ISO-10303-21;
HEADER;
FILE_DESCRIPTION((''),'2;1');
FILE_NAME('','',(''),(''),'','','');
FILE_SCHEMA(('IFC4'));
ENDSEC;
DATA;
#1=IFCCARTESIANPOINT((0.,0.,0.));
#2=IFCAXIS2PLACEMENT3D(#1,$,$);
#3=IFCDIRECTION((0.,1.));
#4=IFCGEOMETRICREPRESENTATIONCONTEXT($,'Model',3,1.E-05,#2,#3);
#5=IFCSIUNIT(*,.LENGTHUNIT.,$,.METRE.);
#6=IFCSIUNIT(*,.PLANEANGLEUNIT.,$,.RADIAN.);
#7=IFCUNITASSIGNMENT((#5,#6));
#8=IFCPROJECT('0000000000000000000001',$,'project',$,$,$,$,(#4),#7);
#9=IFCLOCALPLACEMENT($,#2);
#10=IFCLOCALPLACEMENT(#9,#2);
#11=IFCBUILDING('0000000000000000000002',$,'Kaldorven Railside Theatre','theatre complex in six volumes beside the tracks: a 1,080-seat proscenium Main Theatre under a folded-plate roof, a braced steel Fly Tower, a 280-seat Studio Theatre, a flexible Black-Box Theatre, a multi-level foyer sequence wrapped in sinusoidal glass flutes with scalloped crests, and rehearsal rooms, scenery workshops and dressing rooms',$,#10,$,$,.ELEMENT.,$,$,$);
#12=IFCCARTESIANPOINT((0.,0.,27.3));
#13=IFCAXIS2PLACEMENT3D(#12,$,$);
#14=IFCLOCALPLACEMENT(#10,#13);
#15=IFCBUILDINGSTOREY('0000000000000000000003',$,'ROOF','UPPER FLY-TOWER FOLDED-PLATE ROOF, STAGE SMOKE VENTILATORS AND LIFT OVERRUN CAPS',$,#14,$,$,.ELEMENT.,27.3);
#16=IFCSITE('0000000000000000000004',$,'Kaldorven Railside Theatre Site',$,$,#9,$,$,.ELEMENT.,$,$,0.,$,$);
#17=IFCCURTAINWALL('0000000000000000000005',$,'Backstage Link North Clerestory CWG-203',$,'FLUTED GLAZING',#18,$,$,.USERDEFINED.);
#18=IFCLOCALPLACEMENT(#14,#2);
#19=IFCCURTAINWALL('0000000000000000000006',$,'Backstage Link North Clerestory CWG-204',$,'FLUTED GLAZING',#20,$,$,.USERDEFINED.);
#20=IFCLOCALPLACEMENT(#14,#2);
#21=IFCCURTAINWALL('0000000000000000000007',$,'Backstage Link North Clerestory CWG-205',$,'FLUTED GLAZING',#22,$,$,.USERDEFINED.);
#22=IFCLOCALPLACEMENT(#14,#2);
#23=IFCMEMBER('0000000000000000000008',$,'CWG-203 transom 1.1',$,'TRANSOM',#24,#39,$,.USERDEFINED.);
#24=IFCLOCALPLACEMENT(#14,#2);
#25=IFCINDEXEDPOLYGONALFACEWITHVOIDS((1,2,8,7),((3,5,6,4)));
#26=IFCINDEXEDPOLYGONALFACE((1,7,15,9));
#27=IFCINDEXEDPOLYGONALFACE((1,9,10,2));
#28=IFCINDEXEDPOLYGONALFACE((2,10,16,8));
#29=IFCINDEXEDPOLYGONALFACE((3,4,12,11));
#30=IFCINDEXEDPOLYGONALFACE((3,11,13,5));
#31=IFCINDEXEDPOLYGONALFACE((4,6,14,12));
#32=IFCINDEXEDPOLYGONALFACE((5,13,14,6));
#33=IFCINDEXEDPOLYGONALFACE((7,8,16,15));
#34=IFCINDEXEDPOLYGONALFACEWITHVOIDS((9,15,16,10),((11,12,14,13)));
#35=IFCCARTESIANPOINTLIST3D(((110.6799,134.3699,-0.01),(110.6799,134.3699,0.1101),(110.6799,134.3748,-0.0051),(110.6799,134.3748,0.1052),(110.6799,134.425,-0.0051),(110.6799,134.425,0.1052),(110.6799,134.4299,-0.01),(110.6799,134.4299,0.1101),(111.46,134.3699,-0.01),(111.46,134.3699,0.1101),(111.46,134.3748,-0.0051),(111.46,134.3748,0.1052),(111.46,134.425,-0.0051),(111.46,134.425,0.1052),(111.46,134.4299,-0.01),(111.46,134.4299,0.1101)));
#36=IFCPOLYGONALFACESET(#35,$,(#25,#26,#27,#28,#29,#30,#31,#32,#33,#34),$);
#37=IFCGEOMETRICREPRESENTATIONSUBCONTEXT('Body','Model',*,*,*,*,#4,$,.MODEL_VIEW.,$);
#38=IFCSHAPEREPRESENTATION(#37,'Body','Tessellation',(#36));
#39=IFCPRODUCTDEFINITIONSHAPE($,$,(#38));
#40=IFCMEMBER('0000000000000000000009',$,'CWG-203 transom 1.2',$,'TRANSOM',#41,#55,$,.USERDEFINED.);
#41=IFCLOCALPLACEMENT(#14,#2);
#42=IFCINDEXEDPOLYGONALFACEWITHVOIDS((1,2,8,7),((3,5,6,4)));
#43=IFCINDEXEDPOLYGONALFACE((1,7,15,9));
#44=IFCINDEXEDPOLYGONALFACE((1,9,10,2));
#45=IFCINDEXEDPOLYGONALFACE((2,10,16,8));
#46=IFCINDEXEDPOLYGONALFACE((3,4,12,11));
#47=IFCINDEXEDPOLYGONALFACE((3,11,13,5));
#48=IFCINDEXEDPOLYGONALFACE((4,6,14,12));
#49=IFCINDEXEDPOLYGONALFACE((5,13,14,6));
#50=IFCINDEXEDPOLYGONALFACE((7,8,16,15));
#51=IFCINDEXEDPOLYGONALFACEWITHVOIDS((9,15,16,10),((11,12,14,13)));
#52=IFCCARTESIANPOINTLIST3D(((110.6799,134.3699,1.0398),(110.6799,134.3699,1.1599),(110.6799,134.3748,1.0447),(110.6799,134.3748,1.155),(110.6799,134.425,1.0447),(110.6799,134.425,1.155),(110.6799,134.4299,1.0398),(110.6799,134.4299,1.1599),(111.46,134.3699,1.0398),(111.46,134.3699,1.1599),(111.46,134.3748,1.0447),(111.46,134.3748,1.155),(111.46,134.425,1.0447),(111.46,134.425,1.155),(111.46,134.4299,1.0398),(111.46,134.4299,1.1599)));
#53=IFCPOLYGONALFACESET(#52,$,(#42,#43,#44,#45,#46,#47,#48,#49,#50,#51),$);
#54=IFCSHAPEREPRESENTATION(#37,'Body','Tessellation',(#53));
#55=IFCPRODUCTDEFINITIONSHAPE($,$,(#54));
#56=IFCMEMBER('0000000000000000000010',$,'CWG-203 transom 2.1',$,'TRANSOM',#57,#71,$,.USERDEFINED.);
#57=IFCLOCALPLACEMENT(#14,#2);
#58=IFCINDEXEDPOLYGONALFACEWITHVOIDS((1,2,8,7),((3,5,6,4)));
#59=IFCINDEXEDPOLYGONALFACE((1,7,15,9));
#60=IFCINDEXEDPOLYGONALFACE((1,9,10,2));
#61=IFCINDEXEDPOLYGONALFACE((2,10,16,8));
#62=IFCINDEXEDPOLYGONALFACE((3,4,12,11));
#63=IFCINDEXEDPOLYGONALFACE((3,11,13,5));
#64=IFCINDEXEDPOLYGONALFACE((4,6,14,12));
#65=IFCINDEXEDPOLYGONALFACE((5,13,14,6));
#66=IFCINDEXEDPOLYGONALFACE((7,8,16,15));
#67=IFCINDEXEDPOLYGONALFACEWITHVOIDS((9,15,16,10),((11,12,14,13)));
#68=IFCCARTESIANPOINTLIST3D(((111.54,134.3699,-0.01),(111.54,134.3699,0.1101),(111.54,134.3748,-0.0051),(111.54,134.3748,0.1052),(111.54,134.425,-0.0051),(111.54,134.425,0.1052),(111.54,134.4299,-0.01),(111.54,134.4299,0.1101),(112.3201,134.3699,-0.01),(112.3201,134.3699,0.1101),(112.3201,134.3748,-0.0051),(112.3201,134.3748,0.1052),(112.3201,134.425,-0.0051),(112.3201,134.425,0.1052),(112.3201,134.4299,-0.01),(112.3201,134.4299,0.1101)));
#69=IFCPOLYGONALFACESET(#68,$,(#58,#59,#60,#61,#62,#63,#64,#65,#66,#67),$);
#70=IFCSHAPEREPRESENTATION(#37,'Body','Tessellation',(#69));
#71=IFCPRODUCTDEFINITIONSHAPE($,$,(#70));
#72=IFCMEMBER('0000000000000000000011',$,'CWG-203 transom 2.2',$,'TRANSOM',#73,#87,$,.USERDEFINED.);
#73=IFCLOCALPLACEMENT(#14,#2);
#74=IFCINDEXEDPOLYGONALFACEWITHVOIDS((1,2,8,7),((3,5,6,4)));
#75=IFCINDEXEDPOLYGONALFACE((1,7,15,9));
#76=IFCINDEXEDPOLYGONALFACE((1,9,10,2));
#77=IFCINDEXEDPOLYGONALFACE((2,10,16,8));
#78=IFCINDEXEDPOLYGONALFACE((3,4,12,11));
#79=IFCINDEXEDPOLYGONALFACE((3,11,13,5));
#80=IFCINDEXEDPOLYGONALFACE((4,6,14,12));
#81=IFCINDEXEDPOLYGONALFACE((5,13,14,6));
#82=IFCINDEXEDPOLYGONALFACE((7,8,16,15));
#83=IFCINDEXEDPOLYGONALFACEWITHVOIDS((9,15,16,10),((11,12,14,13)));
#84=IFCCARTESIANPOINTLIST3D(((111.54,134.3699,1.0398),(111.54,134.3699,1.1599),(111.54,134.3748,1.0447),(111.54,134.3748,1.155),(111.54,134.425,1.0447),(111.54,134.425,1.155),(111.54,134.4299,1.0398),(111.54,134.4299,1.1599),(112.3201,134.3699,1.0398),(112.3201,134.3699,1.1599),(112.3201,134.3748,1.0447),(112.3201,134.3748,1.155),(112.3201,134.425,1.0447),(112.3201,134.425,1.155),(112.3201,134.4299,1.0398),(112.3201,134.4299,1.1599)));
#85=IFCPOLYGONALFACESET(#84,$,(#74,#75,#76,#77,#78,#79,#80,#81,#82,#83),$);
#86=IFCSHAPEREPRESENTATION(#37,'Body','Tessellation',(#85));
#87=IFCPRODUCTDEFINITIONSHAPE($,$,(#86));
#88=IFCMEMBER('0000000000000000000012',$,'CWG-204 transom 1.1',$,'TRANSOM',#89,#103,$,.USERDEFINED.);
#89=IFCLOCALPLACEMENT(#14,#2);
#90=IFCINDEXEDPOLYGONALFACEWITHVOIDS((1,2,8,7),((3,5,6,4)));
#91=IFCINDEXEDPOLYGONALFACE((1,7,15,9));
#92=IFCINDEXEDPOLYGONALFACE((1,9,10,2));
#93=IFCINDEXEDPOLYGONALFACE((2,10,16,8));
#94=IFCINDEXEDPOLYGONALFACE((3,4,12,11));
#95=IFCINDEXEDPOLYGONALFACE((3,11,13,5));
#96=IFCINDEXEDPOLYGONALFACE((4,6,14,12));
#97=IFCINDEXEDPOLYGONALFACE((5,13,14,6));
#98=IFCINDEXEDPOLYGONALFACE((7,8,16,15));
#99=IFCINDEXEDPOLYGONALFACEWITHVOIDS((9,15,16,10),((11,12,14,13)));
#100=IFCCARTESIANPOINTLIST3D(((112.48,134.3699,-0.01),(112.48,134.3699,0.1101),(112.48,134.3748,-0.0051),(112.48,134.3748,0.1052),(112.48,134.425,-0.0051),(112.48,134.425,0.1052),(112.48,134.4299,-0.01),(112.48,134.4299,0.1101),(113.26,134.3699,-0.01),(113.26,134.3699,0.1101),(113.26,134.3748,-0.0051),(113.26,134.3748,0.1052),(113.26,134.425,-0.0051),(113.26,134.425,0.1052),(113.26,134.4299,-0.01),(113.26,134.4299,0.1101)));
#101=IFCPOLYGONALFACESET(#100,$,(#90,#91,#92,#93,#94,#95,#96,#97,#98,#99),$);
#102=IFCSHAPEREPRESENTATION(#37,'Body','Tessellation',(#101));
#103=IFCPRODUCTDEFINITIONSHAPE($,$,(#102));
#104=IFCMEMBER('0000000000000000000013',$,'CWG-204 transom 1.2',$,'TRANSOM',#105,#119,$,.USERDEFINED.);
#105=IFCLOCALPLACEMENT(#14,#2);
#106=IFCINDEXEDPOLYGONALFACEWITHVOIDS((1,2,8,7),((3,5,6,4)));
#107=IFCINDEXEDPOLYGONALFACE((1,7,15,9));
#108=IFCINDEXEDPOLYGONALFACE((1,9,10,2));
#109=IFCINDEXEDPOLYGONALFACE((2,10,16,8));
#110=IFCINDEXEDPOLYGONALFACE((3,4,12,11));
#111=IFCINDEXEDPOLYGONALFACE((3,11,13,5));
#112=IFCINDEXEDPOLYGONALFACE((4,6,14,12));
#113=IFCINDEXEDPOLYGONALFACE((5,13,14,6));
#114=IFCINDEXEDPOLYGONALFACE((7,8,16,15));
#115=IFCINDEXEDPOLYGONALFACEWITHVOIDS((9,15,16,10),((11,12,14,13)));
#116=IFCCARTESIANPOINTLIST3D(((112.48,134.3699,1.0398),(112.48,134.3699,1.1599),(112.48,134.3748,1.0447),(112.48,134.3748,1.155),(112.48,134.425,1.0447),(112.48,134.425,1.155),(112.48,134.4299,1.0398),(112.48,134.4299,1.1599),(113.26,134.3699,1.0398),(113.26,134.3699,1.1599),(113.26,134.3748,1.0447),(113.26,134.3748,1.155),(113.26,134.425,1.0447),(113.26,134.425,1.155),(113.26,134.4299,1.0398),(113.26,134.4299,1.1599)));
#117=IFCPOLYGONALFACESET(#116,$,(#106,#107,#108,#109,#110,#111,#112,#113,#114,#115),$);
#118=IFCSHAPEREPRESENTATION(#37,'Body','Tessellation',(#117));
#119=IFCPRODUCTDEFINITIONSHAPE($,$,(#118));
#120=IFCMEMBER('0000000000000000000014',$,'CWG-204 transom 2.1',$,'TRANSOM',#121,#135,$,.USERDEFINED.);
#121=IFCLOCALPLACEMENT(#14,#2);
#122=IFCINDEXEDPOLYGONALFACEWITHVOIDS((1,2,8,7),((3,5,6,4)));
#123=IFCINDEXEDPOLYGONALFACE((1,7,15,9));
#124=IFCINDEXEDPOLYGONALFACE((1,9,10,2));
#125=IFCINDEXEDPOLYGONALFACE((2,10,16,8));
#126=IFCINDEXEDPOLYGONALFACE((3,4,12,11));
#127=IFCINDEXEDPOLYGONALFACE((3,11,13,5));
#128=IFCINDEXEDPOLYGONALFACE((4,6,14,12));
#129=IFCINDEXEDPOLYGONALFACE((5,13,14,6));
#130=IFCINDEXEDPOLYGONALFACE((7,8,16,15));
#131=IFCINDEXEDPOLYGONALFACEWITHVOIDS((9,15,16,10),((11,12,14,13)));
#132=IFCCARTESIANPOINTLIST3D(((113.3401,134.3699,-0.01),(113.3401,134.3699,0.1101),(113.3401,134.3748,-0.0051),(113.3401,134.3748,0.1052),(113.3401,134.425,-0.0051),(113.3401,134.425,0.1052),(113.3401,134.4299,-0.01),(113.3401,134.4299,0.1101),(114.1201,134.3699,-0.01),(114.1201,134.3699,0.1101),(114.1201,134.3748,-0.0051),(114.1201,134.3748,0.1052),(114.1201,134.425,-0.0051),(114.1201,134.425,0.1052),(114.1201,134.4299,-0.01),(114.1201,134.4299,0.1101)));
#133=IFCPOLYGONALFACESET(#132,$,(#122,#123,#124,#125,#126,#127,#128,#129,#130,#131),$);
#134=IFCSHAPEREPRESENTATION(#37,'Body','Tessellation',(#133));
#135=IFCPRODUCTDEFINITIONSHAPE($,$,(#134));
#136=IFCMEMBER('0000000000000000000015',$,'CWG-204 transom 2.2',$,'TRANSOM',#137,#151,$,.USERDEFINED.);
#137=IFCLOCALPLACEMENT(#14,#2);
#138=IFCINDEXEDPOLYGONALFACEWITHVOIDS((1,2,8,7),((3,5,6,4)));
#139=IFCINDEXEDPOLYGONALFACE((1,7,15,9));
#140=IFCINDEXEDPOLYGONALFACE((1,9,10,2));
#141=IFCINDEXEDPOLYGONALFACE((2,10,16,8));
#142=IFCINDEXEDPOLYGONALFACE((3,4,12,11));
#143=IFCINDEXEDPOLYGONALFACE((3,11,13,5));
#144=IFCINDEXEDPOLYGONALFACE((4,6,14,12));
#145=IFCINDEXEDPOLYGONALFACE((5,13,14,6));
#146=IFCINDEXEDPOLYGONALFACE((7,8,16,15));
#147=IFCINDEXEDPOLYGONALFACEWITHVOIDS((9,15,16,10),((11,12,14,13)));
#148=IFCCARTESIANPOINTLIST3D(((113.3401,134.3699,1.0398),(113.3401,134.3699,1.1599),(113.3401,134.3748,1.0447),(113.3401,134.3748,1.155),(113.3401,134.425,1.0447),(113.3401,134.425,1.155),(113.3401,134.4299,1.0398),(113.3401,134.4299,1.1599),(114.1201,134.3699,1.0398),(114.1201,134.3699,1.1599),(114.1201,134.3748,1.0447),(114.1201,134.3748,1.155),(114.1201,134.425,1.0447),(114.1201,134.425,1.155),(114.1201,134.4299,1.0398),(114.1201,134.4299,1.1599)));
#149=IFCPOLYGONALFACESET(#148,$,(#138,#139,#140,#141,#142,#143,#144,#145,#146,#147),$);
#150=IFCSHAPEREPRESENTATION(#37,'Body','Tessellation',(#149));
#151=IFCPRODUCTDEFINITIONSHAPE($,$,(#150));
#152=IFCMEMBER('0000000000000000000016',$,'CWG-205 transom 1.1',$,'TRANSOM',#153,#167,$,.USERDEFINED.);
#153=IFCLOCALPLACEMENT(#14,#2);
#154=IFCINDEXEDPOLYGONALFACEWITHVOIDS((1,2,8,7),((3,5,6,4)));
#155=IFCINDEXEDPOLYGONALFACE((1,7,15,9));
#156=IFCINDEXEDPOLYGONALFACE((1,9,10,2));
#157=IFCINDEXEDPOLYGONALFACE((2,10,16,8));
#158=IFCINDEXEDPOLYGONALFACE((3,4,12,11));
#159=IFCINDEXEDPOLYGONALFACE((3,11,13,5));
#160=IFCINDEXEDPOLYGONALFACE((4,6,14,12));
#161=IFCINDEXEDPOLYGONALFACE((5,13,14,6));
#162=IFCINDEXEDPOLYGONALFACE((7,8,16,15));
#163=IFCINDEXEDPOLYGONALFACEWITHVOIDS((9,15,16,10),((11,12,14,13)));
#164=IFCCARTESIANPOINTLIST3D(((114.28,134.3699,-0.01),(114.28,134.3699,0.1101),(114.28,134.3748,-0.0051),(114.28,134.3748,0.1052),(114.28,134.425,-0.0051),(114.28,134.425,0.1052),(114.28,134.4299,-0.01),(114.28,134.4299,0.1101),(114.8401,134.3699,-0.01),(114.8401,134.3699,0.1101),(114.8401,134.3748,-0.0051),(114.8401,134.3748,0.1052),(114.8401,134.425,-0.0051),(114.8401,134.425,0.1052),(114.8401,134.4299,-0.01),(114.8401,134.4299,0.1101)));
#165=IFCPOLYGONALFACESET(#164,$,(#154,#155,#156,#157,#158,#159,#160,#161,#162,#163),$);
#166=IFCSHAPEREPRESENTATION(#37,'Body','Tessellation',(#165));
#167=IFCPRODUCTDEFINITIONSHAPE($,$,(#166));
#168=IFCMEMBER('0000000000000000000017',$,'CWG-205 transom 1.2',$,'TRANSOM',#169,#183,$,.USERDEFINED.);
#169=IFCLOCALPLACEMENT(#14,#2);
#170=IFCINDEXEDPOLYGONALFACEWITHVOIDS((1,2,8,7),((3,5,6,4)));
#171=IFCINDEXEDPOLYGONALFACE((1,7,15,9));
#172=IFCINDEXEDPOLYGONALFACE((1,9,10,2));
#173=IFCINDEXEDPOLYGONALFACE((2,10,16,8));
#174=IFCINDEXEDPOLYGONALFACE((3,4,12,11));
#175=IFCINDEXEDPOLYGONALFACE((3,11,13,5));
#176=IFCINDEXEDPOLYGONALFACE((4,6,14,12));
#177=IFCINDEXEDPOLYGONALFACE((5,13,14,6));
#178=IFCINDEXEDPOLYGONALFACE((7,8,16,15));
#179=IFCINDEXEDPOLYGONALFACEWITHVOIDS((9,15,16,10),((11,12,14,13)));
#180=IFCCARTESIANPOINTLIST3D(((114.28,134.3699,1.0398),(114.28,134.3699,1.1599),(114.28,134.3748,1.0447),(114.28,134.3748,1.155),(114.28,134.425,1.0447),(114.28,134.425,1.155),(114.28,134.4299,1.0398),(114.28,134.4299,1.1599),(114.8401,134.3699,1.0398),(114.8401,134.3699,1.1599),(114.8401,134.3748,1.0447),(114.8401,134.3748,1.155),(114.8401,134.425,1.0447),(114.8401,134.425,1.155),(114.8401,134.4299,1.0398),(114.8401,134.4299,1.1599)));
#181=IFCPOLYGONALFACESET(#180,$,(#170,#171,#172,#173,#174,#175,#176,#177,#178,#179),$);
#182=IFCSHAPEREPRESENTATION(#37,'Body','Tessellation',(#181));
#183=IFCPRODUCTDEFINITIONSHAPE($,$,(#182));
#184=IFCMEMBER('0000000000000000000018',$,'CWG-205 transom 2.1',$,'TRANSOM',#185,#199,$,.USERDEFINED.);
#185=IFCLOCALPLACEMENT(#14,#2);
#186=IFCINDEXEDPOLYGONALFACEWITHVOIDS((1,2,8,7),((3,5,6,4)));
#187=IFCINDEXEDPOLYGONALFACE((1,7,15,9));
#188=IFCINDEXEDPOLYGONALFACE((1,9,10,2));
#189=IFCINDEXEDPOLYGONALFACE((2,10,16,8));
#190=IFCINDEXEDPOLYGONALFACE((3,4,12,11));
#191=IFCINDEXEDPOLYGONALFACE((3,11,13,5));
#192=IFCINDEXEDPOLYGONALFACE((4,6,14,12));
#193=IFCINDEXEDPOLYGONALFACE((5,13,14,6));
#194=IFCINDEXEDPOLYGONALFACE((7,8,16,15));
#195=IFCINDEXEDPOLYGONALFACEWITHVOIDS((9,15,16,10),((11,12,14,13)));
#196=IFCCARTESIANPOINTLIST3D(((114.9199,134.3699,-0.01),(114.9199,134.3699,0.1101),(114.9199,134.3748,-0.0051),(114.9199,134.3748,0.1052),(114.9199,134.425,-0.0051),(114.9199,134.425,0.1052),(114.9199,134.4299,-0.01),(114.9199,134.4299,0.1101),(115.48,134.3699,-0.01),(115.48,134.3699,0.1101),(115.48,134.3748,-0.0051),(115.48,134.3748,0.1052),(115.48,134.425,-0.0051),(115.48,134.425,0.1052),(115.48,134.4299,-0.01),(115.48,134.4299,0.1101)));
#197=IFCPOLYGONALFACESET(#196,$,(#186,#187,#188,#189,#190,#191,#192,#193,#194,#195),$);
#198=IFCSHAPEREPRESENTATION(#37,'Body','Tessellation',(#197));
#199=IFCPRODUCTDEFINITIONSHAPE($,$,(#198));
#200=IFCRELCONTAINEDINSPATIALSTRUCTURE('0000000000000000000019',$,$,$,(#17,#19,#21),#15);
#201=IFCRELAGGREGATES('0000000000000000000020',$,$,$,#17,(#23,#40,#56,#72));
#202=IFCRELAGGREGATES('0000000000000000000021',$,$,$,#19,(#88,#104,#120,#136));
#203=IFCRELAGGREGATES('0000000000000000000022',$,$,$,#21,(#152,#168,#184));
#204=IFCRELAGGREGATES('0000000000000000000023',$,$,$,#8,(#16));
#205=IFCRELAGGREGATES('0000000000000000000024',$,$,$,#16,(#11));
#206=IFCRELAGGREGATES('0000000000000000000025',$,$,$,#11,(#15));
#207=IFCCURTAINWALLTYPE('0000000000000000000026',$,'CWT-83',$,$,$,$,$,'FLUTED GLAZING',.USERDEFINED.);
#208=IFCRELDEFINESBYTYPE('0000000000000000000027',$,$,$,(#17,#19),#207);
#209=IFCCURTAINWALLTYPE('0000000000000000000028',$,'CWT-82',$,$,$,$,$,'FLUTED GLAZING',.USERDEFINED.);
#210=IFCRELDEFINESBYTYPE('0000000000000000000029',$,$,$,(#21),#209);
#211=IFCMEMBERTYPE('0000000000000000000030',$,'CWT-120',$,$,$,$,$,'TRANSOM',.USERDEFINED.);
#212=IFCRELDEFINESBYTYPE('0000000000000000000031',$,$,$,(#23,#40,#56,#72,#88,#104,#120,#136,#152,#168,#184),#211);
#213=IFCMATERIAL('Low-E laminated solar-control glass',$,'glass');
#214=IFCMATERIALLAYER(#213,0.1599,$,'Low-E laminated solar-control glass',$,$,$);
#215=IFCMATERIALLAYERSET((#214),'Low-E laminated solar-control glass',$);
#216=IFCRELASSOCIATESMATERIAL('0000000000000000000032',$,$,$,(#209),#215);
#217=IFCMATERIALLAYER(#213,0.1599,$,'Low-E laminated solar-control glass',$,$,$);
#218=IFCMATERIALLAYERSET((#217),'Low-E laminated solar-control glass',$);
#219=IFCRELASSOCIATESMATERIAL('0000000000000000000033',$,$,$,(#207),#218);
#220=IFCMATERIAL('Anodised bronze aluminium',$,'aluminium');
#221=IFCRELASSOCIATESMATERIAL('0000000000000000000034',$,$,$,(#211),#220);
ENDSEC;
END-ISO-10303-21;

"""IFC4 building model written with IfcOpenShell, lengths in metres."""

from ifc_helpers import new_model, si_unit, direction, frame, origin, origin_2d, place, context, subcontext, project, spatial, hollow_rectangle, extrude, material, layer, layer_set, material_profile, profile_set, type_object, element, aggregate, save


model = new_model("IFC4")

# Units and contexts
model_context = context("Model", 3, precision=1e-05, world=origin(), true_north=direction((0.0, 1.0)))
body_context = subcontext(model_context, "Body", "Model", "MODEL_VIEW")
ifc_project = project(units=[si_unit("LENGTHUNIT", "METRE"), si_unit("PLANEANGLEUNIT", "RADIAN")], contexts=[model_context])

# Site, building, storey
site_placement = place(None, origin())
site = spatial("IfcSite", under=ifc_project, at=site_placement, Name="Kaldorven Railside Theatre Site", CompositionType="ELEMENT", RefElevation=0.0)
building_placement = place(site_placement, origin())
building = spatial("IfcBuilding", under=site, at=building_placement, Name="Kaldorven Railside Theatre", Description="theatre complex in six volumes beside the tracks: a 1,080-seat proscenium Main Theatre under a folded-plate roof, a braced steel Fly Tower, a 280-seat Studio Theatre, a flexible Black-Box Theatre, a multi-level foyer sequence wrapped in sinusoidal glass flutes with scalloped crests, and rehearsal rooms, scenery workshops and dressing rooms", CompositionType="ELEMENT")
storey_placement = place(building_placement, frame((0.0, 0.0, 27.3)))
storey = spatial("IfcBuildingStorey", under=building, at=storey_placement, Name="ROOF", Description="UPPER FLY-TOWER FOLDED-PLATE ROOF, STAGE SMOKE VENTILATORS AND LIFT OVERRUN CAPS", CompositionType="ELEMENT", Elevation=27.3)

# Shared definitions
ifc_material_1 = material(Name="Low-E laminated solar-control glass", Category="glass")
ifc_layer_1 = layer(ifc_material_1, 0.1599, Name="Low-E laminated solar-control glass")
ifc_layer_set_1 = layer_set([ifc_layer_1], Name="Low-E laminated solar-control glass")
curtain_wall_type_1 = type_object("IfcCurtainWallType", Name="CWT-82", ElementType="FLUTED GLAZING", PredefinedType="USERDEFINED", material=ifc_layer_set_1)
ifc_material_2 = material(Name="Anodised bronze aluminium", Category="aluminium")

# Curtain walls
ifc_layer_2 = layer(ifc_material_1, 0.1599, Name="Low-E laminated solar-control glass")
ifc_layer_set_2 = layer_set([ifc_layer_2], Name="Low-E laminated solar-control glass")
curtain_wall_type_2 = type_object("IfcCurtainWallType", Name="CWT-83", ElementType="FLUTED GLAZING", PredefinedType="USERDEFINED", material=ifc_layer_set_2)
curtain_wall_1_placement = place(storey_placement, origin())
curtain_wall_1 = element("IfcCurtainWall", 1, at=curtain_wall_1_placement, inside=storey, type_object=curtain_wall_type_2, Name="Backstage Link North Clerestory CWG-203", ObjectType="FLUTED GLAZING", PredefinedType="USERDEFINED")
curtain_wall_2_placement = place(storey_placement, origin())
curtain_wall_2 = element("IfcCurtainWall", 2, at=curtain_wall_2_placement, inside=storey, type_object=curtain_wall_type_2, Name="Backstage Link North Clerestory CWG-204", ObjectType="FLUTED GLAZING", PredefinedType="USERDEFINED")
curtain_wall_3_placement = place(storey_placement, origin())
curtain_wall_3 = element("IfcCurtainWall", 3, at=curtain_wall_3_placement, inside=storey, type_object=curtain_wall_type_1, Name="Backstage Link North Clerestory CWG-205", ObjectType="FLUTED GLAZING", PredefinedType="USERDEFINED")

# Members
ifc_material_profile_1 = material_profile(ifc_material_2, hollow_rectangle(XDim=0.0601, YDim=0.1201, WallThickness=0.0049, at=origin_2d()), Name="RHS 120x60x5")
ifc_profile_set_1 = profile_set([ifc_material_profile_1], Name="Anodised bronze aluminium")
member_type_1 = type_object("IfcMemberType", Name="CWT-120", ElementType="TRANSOM", PredefinedType="USERDEFINED", material=ifc_profile_set_1)
member_1_placement = place(storey_placement, frame((110.6799, 134.3999, 0.05), z_axis=(1.0, 0.0, 0.0), x_axis=(0.0, 1.0, 0.0)))
member_1 = element("IfcMember", 4, at=member_1_placement, type_object=member_type_1, Name="CWG-203 transom 1.1", ObjectType="TRANSOM", PredefinedType="USERDEFINED", context=body_context, shape_type="SweptSolid", body=[
    extrude(hollow_rectangle(XDim=0.0601, YDim=0.1201, WallThickness=0.0049, at=origin_2d()), origin(), (0.0, 0.0, 1.0), 0.78),
])
member_2_placement = place(storey_placement, frame((110.6799, 134.3999, 1.0999), z_axis=(1.0, 0.0, 0.0), x_axis=(0.0, 1.0, 0.0)))
member_2 = element("IfcMember", 5, at=member_2_placement, type_object=member_type_1, Name="CWG-203 transom 1.2", ObjectType="TRANSOM", PredefinedType="USERDEFINED", context=body_context, shape_type="SweptSolid", body=[
    extrude(hollow_rectangle(XDim=0.0601, YDim=0.1201, WallThickness=0.0049, at=origin_2d()), origin(), (0.0, 0.0, 1.0), 0.78),
])
member_3_placement = place(storey_placement, frame((111.54, 134.3999, 0.05), z_axis=(1.0, 0.0, 0.0), x_axis=(0.0, 1.0, 0.0)))
member_3 = element("IfcMember", 6, at=member_3_placement, type_object=member_type_1, Name="CWG-203 transom 2.1", ObjectType="TRANSOM", PredefinedType="USERDEFINED", context=body_context, shape_type="SweptSolid", body=[
    extrude(hollow_rectangle(XDim=0.0601, YDim=0.1201, WallThickness=0.0049, at=origin_2d()), origin(), (0.0, 0.0, 1.0), 0.78),
])
member_4_placement = place(storey_placement, frame((111.54, 134.3999, 1.0999), z_axis=(1.0, 0.0, 0.0), x_axis=(0.0, 1.0, 0.0)))
member_4 = element("IfcMember", 7, at=member_4_placement, type_object=member_type_1, Name="CWG-203 transom 2.2", ObjectType="TRANSOM", PredefinedType="USERDEFINED", context=body_context, shape_type="SweptSolid", body=[
    extrude(hollow_rectangle(XDim=0.0601, YDim=0.1201, WallThickness=0.0049, at=origin_2d()), origin(), (0.0, 0.0, 1.0), 0.78),
])
member_5_placement = place(storey_placement, frame((112.48, 134.3999, 0.05), z_axis=(1.0, 0.0, 0.0), x_axis=(0.0, 1.0, 0.0)))
member_5 = element("IfcMember", 8, at=member_5_placement, type_object=member_type_1, Name="CWG-204 transom 1.1", ObjectType="TRANSOM", PredefinedType="USERDEFINED", context=body_context, shape_type="SweptSolid", body=[
    extrude(hollow_rectangle(XDim=0.0601, YDim=0.1201, WallThickness=0.0049, at=origin_2d()), origin(), (0.0, 0.0, 1.0), 0.78),
])
member_6_placement = place(storey_placement, frame((112.48, 134.3999, 1.0999), z_axis=(1.0, 0.0, 0.0), x_axis=(0.0, 1.0, 0.0)))
member_6 = element("IfcMember", 9, at=member_6_placement, type_object=member_type_1, Name="CWG-204 transom 1.2", ObjectType="TRANSOM", PredefinedType="USERDEFINED", context=body_context, shape_type="SweptSolid", body=[
    extrude(hollow_rectangle(XDim=0.0601, YDim=0.1201, WallThickness=0.0049, at=origin_2d()), origin(), (0.0, 0.0, 1.0), 0.78),
])
member_7_placement = place(storey_placement, frame((113.3401, 134.3999, 0.05), z_axis=(1.0, 0.0, 0.0), x_axis=(0.0, 1.0, 0.0)))
member_7 = element("IfcMember", 10, at=member_7_placement, type_object=member_type_1, Name="CWG-204 transom 2.1", ObjectType="TRANSOM", PredefinedType="USERDEFINED", context=body_context, shape_type="SweptSolid", body=[
    extrude(hollow_rectangle(XDim=0.0601, YDim=0.1201, WallThickness=0.0049, at=origin_2d()), origin(), (0.0, 0.0, 1.0), 0.78),
])
member_8_placement = place(storey_placement, frame((113.3401, 134.3999, 1.0999), z_axis=(1.0, 0.0, 0.0), x_axis=(0.0, 1.0, 0.0)))
member_8 = element("IfcMember", 11, at=member_8_placement, type_object=member_type_1, Name="CWG-204 transom 2.2", ObjectType="TRANSOM", PredefinedType="USERDEFINED", context=body_context, shape_type="SweptSolid", body=[
    extrude(hollow_rectangle(XDim=0.0601, YDim=0.1201, WallThickness=0.0049, at=origin_2d()), origin(), (0.0, 0.0, 1.0), 0.78),
])
member_9_placement = place(storey_placement, frame((114.28, 134.3999, 0.05), z_axis=(1.0, 0.0, 0.0), x_axis=(0.0, 1.0, 0.0)))
member_9 = element("IfcMember", 12, at=member_9_placement, type_object=member_type_1, Name="CWG-205 transom 1.1", ObjectType="TRANSOM", PredefinedType="USERDEFINED", context=body_context, shape_type="SweptSolid", body=[
    extrude(hollow_rectangle(XDim=0.0601, YDim=0.1201, WallThickness=0.0049, at=origin_2d()), origin(), (0.0, 0.0, 1.0), 0.5601),
])
member_10_placement = place(storey_placement, frame((114.28, 134.3999, 1.0999), z_axis=(1.0, 0.0, 0.0), x_axis=(0.0, 1.0, 0.0)))
member_10 = element("IfcMember", 13, at=member_10_placement, type_object=member_type_1, Name="CWG-205 transom 1.2", ObjectType="TRANSOM", PredefinedType="USERDEFINED", context=body_context, shape_type="SweptSolid", body=[
    extrude(hollow_rectangle(XDim=0.0601, YDim=0.1201, WallThickness=0.0049, at=origin_2d()), origin(), (0.0, 0.0, 1.0), 0.5601),
])
member_11_placement = place(storey_placement, frame((114.9199, 134.3999, 0.05), z_axis=(1.0, 0.0, 0.0), x_axis=(0.0, 1.0, 0.0)))
member_11 = element("IfcMember", 14, at=member_11_placement, type_object=member_type_1, Name="CWG-205 transom 2.1", ObjectType="TRANSOM", PredefinedType="USERDEFINED", context=body_context, shape_type="SweptSolid", body=[
    extrude(hollow_rectangle(XDim=0.0601, YDim=0.1201, WallThickness=0.0049, at=origin_2d()), origin(), (0.0, 0.0, 1.0), 0.5601),
])

aggregate(curtain_wall_1, [member_1, member_2, member_3, member_4])
aggregate(curtain_wall_2, [member_5, member_6, member_7, member_8])
aggregate(curtain_wall_3, [member_9, member_10, member_11])

save(model, "model.ifc")
